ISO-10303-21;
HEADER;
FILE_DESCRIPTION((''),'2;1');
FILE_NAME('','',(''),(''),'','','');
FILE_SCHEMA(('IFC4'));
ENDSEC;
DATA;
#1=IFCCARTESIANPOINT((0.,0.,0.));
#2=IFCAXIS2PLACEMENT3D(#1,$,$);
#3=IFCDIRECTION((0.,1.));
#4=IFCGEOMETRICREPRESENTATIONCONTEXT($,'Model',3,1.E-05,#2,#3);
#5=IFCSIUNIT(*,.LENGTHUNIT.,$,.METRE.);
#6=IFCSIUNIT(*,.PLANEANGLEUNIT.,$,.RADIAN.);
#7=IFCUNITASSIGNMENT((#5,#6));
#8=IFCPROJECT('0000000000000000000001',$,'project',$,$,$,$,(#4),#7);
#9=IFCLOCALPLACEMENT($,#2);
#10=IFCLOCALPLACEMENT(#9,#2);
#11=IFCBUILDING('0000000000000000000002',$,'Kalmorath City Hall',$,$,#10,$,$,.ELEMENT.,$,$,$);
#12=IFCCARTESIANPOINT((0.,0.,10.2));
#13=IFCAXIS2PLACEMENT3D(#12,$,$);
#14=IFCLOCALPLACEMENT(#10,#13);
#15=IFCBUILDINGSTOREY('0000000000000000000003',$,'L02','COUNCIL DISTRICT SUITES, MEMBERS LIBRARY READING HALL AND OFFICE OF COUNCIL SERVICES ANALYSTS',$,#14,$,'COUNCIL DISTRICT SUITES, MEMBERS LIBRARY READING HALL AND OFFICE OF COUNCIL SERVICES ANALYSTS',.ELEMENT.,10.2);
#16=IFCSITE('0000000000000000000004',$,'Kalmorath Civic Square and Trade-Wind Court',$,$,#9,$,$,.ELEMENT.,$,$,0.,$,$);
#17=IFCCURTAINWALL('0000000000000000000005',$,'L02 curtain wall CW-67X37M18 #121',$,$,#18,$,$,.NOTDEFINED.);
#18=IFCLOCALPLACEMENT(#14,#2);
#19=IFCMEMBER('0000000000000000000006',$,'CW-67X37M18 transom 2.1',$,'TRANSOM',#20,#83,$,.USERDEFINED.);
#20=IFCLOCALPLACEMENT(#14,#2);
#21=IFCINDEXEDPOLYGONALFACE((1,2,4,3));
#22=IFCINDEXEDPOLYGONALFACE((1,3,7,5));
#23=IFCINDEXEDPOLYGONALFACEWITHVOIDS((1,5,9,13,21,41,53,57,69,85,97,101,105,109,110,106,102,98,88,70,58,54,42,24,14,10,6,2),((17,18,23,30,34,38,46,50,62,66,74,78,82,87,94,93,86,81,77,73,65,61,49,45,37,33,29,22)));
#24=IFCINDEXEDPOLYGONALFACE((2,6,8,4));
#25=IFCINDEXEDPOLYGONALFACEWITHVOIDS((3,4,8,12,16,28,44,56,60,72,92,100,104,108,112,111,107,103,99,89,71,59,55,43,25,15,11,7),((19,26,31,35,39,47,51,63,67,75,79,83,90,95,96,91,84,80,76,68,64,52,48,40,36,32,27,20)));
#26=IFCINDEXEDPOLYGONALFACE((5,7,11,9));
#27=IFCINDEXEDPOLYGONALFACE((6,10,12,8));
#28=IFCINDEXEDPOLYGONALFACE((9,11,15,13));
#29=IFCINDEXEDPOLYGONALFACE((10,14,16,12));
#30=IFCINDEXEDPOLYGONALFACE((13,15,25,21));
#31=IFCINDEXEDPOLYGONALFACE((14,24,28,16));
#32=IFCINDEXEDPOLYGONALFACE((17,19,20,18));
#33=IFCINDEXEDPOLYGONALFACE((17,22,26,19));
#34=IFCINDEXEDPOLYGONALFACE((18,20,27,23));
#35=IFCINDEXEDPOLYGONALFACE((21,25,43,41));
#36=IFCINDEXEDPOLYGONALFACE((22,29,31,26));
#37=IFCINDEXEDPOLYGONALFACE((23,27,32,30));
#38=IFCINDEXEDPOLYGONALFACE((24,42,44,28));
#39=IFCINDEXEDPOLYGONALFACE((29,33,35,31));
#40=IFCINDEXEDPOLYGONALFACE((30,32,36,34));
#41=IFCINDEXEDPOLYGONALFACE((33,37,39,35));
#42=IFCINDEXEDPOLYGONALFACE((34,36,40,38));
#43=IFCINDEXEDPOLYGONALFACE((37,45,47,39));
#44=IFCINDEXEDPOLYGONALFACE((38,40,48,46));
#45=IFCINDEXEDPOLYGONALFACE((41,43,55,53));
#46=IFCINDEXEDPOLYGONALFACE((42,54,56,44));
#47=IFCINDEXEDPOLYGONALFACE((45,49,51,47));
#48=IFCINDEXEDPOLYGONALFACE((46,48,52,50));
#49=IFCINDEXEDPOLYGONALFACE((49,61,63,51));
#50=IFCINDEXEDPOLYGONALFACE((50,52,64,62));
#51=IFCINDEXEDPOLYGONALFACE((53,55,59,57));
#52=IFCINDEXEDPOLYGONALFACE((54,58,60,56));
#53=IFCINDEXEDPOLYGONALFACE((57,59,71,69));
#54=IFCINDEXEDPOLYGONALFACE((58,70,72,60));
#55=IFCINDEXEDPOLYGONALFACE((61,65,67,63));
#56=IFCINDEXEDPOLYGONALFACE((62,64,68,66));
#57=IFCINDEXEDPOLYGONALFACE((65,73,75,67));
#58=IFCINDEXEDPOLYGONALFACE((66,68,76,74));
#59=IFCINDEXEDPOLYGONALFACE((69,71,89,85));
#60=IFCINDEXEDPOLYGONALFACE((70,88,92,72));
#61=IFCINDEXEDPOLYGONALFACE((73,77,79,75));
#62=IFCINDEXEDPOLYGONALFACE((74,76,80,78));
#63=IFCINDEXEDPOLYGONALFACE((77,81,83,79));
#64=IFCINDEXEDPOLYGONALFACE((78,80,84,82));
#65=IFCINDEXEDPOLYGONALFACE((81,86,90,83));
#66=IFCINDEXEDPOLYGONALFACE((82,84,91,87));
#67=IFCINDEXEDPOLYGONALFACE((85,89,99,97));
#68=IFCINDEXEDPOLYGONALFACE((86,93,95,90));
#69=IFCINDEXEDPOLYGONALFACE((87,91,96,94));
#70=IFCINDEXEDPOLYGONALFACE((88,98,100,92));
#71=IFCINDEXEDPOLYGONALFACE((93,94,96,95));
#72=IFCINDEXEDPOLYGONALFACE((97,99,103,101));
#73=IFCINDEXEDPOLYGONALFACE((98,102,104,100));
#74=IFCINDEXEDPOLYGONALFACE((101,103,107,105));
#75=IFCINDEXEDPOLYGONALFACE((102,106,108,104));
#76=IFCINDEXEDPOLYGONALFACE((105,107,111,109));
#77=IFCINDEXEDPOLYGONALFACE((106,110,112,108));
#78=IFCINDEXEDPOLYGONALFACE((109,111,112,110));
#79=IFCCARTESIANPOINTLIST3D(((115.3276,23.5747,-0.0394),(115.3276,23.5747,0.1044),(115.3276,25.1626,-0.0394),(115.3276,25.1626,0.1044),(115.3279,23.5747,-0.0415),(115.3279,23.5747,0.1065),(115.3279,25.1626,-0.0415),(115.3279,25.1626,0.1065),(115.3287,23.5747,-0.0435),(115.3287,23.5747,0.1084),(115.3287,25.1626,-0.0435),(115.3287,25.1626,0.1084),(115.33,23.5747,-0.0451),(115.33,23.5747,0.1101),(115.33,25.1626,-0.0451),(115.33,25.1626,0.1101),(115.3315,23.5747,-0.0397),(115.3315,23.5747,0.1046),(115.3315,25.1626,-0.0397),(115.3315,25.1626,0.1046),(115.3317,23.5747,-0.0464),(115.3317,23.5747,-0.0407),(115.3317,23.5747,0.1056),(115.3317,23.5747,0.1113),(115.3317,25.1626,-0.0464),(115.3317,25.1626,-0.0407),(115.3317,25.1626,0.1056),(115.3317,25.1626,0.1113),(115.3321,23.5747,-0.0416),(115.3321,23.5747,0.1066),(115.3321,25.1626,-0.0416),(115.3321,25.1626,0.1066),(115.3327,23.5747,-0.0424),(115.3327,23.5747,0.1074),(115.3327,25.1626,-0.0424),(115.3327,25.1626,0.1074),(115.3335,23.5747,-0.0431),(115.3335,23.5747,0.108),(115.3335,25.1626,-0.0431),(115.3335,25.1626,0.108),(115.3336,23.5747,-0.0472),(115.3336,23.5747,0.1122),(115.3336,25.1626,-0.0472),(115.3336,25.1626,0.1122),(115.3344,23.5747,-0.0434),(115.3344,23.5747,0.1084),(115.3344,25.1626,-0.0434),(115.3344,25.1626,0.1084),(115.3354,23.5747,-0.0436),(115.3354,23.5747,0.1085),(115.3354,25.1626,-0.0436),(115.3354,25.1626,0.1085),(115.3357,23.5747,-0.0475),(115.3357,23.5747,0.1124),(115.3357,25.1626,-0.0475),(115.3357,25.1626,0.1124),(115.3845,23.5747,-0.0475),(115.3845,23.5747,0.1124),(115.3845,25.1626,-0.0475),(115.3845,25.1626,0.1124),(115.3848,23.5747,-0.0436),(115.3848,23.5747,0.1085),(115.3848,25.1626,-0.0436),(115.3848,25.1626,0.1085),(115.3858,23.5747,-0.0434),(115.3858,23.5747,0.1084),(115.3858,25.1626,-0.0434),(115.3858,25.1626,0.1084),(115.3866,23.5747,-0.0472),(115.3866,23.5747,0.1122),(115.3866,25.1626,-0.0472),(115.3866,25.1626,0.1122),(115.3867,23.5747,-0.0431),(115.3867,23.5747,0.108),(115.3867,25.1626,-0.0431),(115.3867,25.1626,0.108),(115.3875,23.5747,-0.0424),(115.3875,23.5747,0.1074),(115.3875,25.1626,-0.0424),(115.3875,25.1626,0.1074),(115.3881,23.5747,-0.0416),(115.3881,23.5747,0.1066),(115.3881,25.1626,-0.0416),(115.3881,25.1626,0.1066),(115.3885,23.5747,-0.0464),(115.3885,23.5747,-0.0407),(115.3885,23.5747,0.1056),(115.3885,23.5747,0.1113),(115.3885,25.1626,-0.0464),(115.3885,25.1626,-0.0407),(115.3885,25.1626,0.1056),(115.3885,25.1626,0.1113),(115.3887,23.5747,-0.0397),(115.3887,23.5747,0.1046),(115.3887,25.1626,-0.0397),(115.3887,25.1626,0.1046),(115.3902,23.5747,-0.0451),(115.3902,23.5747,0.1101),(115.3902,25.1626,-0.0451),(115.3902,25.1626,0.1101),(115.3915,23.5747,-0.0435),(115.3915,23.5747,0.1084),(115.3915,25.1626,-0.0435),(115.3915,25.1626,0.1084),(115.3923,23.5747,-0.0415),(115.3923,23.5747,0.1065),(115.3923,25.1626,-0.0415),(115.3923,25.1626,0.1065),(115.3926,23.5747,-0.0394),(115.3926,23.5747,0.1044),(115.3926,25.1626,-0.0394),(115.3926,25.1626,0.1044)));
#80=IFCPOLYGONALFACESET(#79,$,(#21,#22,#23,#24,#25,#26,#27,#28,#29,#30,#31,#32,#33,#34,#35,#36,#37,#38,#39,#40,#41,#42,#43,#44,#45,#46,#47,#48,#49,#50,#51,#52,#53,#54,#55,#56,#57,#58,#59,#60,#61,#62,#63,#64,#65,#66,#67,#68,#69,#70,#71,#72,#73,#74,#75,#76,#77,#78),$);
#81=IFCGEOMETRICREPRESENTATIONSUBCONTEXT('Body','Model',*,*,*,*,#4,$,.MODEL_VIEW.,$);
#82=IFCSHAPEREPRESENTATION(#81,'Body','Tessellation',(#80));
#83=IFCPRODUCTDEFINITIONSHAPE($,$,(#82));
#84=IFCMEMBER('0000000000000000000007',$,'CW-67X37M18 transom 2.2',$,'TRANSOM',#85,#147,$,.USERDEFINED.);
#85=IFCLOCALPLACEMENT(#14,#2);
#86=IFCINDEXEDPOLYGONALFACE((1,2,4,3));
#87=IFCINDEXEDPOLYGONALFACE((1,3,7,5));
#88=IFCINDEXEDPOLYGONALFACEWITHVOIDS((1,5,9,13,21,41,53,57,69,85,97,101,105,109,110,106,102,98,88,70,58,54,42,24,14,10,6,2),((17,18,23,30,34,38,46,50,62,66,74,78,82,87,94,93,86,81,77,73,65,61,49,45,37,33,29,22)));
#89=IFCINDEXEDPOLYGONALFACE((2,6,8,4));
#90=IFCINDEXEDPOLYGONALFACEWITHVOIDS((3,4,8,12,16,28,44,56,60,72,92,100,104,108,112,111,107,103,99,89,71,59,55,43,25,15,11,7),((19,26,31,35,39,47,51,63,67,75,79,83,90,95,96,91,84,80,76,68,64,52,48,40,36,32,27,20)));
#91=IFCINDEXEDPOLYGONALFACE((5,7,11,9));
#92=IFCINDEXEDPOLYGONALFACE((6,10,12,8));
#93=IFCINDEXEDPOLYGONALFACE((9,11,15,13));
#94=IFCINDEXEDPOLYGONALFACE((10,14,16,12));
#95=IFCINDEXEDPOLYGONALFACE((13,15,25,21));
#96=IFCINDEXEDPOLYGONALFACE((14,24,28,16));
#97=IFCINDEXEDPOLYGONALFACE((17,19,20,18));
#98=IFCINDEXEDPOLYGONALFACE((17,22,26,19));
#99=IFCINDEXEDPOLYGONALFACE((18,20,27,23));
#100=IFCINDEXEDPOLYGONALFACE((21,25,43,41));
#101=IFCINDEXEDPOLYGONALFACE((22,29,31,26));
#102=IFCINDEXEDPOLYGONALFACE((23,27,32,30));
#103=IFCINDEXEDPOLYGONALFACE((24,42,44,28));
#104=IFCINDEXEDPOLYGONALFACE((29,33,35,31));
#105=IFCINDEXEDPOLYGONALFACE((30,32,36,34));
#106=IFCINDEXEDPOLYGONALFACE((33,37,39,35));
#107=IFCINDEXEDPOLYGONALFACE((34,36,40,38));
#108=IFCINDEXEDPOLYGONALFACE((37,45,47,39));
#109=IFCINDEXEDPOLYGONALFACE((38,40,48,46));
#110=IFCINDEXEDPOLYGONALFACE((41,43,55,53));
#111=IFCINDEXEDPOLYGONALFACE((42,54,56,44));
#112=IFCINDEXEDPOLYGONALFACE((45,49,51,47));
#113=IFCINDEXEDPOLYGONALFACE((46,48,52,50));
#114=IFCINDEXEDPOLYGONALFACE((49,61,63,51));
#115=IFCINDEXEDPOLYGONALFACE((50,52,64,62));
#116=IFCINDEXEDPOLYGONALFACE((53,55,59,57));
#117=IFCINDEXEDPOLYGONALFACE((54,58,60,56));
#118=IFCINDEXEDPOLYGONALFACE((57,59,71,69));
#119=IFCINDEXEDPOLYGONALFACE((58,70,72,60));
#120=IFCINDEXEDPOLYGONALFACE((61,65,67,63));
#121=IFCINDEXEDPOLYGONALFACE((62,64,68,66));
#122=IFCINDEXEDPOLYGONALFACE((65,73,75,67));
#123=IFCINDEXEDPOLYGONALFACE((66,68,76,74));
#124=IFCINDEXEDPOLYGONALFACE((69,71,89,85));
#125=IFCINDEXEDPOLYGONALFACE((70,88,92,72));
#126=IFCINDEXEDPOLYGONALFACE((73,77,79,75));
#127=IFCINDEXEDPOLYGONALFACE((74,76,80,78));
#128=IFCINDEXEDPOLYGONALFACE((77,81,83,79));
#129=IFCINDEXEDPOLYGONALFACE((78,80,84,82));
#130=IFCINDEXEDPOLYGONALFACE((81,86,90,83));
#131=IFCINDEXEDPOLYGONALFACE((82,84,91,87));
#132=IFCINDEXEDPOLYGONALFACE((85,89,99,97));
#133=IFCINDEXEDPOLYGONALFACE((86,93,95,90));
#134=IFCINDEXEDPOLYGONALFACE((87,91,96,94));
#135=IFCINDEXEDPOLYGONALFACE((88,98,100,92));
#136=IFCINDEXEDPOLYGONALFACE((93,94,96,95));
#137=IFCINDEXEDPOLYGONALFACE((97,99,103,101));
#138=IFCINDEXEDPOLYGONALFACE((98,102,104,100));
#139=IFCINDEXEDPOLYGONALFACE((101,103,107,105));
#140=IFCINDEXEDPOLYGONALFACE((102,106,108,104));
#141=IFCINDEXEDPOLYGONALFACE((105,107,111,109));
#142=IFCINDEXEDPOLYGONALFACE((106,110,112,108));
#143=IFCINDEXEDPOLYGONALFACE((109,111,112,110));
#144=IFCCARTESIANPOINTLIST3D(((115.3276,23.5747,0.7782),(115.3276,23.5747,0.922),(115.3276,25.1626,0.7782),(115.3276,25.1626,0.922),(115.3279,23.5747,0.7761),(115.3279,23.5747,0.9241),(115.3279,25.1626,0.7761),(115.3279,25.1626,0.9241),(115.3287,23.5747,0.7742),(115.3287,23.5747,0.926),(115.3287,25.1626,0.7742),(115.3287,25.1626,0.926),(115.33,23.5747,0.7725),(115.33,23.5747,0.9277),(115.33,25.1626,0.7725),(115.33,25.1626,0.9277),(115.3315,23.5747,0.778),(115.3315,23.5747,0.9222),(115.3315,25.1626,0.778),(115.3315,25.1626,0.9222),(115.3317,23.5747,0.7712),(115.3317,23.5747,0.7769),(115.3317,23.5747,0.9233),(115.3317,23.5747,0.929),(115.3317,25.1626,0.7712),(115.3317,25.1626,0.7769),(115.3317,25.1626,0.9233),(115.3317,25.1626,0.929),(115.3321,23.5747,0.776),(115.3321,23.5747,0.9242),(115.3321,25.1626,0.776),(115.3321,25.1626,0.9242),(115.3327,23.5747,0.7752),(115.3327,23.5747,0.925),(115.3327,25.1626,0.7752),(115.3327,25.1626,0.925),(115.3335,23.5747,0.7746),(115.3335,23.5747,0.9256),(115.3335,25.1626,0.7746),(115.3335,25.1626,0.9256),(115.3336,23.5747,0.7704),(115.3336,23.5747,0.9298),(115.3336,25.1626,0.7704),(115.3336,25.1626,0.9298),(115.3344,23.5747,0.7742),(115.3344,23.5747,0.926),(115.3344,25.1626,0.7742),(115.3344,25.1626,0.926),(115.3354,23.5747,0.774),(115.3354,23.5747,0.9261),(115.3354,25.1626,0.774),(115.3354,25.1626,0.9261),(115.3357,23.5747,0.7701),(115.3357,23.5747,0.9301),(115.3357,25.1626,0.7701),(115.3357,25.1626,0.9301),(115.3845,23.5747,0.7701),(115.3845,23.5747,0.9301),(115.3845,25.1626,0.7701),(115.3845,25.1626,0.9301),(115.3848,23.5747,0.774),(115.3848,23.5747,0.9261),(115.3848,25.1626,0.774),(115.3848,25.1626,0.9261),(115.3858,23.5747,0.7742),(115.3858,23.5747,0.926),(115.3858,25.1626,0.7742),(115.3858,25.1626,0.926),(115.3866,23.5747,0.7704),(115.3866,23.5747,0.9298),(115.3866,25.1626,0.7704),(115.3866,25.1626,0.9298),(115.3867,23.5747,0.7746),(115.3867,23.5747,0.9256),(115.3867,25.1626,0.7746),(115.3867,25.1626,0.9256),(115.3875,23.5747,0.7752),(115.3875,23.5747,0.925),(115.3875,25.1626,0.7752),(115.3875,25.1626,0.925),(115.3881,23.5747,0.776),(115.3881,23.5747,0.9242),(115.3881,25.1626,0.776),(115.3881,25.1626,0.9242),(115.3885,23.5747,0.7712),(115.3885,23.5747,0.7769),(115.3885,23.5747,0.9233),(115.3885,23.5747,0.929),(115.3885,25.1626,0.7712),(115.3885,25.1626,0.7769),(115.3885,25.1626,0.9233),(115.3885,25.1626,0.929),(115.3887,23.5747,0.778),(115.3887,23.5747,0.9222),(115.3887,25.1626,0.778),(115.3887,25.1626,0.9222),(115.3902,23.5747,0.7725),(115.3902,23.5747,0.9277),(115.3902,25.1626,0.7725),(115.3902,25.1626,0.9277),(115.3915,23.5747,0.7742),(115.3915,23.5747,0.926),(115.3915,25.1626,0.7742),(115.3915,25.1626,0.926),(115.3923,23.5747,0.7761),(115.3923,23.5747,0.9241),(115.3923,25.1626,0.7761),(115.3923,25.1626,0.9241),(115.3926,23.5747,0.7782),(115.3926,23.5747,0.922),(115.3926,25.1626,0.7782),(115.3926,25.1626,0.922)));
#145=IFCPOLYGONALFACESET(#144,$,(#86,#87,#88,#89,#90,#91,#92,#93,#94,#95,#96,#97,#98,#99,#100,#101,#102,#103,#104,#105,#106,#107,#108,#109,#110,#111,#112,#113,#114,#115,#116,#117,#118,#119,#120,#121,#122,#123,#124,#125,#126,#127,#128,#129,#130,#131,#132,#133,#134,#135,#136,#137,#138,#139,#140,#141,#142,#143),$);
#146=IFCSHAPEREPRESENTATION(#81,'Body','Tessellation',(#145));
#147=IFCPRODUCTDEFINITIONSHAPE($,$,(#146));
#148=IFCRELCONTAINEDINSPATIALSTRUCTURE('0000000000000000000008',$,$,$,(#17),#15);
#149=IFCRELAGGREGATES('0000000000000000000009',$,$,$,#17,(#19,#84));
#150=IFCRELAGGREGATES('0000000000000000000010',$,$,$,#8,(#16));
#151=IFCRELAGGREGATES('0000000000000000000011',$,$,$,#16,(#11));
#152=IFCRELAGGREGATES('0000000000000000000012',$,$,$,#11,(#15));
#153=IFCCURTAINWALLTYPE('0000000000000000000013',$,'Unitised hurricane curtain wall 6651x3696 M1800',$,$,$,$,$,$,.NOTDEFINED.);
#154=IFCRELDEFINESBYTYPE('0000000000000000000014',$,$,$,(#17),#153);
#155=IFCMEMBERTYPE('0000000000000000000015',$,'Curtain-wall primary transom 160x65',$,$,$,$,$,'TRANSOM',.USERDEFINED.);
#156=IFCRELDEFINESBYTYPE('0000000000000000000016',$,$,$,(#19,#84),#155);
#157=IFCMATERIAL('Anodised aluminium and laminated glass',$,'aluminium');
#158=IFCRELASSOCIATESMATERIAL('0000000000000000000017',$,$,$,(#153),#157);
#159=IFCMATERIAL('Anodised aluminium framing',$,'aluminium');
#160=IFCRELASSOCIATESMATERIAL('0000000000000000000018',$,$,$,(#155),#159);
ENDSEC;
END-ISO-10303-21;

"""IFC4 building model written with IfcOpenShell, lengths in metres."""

from ifc_helpers import new_model, si_unit, direction, frame, origin, origin_2d, place, context, subcontext, project, spatial, hollow_rectangle, extrude, material, material_profile, profile_set, type_object, element, aggregate, save


model = new_model("IFC4")

# Units and contexts
model_context = context("Model", 3, precision=1e-05, world=origin(), true_north=direction((0.0, 1.0)))
body_context = subcontext(model_context, "Body", "Model", "MODEL_VIEW")
ifc_project = project(units=[si_unit("LENGTHUNIT", "METRE"), si_unit("PLANEANGLEUNIT", "RADIAN")], contexts=[model_context])

# Site, building, storey
site_placement = place(None, origin())
site = spatial("IfcSite", under=ifc_project, at=site_placement, Name="Kalmorath Civic Square and Trade-Wind Court", CompositionType="ELEMENT", RefElevation=0.0)
building_placement = place(site_placement, origin())
building = spatial("IfcBuilding", under=site, at=building_placement, Name="Kalmorath City Hall", CompositionType="ELEMENT")
storey_placement = place(building_placement, frame((0.0, 0.0, 10.2)))
storey = spatial("IfcBuildingStorey", under=building, at=storey_placement, Name="L02", Description="COUNCIL DISTRICT SUITES, MEMBERS LIBRARY READING HALL AND OFFICE OF COUNCIL SERVICES ANALYSTS", LongName="COUNCIL DISTRICT SUITES, MEMBERS LIBRARY READING HALL AND OFFICE OF COUNCIL SERVICES ANALYSTS", CompositionType="ELEMENT", Elevation=10.2)

# Curtain wall, members
ifc_material_1 = material(Name="Anodised aluminium and laminated glass", Category="aluminium")
curtain_wall_type = type_object("IfcCurtainWallType", Name="Unitised hurricane curtain wall 6651x3696 M1800", PredefinedType="NOTDEFINED", material=ifc_material_1)
curtain_wall_placement = place(storey_placement, origin())
curtain_wall = element("IfcCurtainWall", 1, at=curtain_wall_placement, inside=storey, type_object=curtain_wall_type, Name="L02 curtain wall CW-67X37M18 #121", PredefinedType="NOTDEFINED")
ifc_material_2 = material(Name="Anodised aluminium framing", Category="aluminium")
ifc_material_profile_1 = material_profile(ifc_material_2, hollow_rectangle(XDim=0.0649, YDim=0.1599, WallThickness=0.0039, InnerFilletRadius=0.0039, OuterFilletRadius=0.0081, at=origin_2d()), Name="ALU-TRN-160X65X4")
ifc_profile_set_1 = profile_set([ifc_material_profile_1], Name="Anodised aluminium framing")
member_type_1 = type_object("IfcMemberType", Name="Curtain-wall primary transom 160x65", ElementType="TRANSOM", PredefinedType="USERDEFINED", material=ifc_profile_set_1)
member_1_placement = place(storey_placement, frame((115.3601, 23.5747, 0.0325), z_axis=(0.0, 1.0, 0.0), x_axis=(-1.0, 0.0, 0.0)))
member_1 = element("IfcMember", 2, at=member_1_placement, type_object=member_type_1, Name="CW-67X37M18 transom 2.1", ObjectType="TRANSOM", PredefinedType="USERDEFINED", context=body_context, shape_type="SweptSolid", body=[
    extrude(hollow_rectangle(XDim=0.0649, YDim=0.1599, WallThickness=0.0039, InnerFilletRadius=0.0039, OuterFilletRadius=0.0081, at=origin_2d()), origin(), (0.0, 0.0, 1.0), 1.5879),
])
member_2_placement = place(storey_placement, frame((115.3601, 23.5747, 0.8501), z_axis=(0.0, 1.0, 0.0), x_axis=(-1.0, 0.0, 0.0)))
member_2 = element("IfcMember", 3, at=member_2_placement, type_object=member_type_1, Name="CW-67X37M18 transom 2.2", ObjectType="TRANSOM", PredefinedType="USERDEFINED", context=body_context, shape_type="SweptSolid", body=[
    extrude(hollow_rectangle(XDim=0.0649, YDim=0.1599, WallThickness=0.0039, InnerFilletRadius=0.0039, OuterFilletRadius=0.0081, at=origin_2d()), origin(), (0.0, 0.0, 1.0), 1.5879),
])

aggregate(curtain_wall, [member_1, member_2])

save(model, "model.ifc")
